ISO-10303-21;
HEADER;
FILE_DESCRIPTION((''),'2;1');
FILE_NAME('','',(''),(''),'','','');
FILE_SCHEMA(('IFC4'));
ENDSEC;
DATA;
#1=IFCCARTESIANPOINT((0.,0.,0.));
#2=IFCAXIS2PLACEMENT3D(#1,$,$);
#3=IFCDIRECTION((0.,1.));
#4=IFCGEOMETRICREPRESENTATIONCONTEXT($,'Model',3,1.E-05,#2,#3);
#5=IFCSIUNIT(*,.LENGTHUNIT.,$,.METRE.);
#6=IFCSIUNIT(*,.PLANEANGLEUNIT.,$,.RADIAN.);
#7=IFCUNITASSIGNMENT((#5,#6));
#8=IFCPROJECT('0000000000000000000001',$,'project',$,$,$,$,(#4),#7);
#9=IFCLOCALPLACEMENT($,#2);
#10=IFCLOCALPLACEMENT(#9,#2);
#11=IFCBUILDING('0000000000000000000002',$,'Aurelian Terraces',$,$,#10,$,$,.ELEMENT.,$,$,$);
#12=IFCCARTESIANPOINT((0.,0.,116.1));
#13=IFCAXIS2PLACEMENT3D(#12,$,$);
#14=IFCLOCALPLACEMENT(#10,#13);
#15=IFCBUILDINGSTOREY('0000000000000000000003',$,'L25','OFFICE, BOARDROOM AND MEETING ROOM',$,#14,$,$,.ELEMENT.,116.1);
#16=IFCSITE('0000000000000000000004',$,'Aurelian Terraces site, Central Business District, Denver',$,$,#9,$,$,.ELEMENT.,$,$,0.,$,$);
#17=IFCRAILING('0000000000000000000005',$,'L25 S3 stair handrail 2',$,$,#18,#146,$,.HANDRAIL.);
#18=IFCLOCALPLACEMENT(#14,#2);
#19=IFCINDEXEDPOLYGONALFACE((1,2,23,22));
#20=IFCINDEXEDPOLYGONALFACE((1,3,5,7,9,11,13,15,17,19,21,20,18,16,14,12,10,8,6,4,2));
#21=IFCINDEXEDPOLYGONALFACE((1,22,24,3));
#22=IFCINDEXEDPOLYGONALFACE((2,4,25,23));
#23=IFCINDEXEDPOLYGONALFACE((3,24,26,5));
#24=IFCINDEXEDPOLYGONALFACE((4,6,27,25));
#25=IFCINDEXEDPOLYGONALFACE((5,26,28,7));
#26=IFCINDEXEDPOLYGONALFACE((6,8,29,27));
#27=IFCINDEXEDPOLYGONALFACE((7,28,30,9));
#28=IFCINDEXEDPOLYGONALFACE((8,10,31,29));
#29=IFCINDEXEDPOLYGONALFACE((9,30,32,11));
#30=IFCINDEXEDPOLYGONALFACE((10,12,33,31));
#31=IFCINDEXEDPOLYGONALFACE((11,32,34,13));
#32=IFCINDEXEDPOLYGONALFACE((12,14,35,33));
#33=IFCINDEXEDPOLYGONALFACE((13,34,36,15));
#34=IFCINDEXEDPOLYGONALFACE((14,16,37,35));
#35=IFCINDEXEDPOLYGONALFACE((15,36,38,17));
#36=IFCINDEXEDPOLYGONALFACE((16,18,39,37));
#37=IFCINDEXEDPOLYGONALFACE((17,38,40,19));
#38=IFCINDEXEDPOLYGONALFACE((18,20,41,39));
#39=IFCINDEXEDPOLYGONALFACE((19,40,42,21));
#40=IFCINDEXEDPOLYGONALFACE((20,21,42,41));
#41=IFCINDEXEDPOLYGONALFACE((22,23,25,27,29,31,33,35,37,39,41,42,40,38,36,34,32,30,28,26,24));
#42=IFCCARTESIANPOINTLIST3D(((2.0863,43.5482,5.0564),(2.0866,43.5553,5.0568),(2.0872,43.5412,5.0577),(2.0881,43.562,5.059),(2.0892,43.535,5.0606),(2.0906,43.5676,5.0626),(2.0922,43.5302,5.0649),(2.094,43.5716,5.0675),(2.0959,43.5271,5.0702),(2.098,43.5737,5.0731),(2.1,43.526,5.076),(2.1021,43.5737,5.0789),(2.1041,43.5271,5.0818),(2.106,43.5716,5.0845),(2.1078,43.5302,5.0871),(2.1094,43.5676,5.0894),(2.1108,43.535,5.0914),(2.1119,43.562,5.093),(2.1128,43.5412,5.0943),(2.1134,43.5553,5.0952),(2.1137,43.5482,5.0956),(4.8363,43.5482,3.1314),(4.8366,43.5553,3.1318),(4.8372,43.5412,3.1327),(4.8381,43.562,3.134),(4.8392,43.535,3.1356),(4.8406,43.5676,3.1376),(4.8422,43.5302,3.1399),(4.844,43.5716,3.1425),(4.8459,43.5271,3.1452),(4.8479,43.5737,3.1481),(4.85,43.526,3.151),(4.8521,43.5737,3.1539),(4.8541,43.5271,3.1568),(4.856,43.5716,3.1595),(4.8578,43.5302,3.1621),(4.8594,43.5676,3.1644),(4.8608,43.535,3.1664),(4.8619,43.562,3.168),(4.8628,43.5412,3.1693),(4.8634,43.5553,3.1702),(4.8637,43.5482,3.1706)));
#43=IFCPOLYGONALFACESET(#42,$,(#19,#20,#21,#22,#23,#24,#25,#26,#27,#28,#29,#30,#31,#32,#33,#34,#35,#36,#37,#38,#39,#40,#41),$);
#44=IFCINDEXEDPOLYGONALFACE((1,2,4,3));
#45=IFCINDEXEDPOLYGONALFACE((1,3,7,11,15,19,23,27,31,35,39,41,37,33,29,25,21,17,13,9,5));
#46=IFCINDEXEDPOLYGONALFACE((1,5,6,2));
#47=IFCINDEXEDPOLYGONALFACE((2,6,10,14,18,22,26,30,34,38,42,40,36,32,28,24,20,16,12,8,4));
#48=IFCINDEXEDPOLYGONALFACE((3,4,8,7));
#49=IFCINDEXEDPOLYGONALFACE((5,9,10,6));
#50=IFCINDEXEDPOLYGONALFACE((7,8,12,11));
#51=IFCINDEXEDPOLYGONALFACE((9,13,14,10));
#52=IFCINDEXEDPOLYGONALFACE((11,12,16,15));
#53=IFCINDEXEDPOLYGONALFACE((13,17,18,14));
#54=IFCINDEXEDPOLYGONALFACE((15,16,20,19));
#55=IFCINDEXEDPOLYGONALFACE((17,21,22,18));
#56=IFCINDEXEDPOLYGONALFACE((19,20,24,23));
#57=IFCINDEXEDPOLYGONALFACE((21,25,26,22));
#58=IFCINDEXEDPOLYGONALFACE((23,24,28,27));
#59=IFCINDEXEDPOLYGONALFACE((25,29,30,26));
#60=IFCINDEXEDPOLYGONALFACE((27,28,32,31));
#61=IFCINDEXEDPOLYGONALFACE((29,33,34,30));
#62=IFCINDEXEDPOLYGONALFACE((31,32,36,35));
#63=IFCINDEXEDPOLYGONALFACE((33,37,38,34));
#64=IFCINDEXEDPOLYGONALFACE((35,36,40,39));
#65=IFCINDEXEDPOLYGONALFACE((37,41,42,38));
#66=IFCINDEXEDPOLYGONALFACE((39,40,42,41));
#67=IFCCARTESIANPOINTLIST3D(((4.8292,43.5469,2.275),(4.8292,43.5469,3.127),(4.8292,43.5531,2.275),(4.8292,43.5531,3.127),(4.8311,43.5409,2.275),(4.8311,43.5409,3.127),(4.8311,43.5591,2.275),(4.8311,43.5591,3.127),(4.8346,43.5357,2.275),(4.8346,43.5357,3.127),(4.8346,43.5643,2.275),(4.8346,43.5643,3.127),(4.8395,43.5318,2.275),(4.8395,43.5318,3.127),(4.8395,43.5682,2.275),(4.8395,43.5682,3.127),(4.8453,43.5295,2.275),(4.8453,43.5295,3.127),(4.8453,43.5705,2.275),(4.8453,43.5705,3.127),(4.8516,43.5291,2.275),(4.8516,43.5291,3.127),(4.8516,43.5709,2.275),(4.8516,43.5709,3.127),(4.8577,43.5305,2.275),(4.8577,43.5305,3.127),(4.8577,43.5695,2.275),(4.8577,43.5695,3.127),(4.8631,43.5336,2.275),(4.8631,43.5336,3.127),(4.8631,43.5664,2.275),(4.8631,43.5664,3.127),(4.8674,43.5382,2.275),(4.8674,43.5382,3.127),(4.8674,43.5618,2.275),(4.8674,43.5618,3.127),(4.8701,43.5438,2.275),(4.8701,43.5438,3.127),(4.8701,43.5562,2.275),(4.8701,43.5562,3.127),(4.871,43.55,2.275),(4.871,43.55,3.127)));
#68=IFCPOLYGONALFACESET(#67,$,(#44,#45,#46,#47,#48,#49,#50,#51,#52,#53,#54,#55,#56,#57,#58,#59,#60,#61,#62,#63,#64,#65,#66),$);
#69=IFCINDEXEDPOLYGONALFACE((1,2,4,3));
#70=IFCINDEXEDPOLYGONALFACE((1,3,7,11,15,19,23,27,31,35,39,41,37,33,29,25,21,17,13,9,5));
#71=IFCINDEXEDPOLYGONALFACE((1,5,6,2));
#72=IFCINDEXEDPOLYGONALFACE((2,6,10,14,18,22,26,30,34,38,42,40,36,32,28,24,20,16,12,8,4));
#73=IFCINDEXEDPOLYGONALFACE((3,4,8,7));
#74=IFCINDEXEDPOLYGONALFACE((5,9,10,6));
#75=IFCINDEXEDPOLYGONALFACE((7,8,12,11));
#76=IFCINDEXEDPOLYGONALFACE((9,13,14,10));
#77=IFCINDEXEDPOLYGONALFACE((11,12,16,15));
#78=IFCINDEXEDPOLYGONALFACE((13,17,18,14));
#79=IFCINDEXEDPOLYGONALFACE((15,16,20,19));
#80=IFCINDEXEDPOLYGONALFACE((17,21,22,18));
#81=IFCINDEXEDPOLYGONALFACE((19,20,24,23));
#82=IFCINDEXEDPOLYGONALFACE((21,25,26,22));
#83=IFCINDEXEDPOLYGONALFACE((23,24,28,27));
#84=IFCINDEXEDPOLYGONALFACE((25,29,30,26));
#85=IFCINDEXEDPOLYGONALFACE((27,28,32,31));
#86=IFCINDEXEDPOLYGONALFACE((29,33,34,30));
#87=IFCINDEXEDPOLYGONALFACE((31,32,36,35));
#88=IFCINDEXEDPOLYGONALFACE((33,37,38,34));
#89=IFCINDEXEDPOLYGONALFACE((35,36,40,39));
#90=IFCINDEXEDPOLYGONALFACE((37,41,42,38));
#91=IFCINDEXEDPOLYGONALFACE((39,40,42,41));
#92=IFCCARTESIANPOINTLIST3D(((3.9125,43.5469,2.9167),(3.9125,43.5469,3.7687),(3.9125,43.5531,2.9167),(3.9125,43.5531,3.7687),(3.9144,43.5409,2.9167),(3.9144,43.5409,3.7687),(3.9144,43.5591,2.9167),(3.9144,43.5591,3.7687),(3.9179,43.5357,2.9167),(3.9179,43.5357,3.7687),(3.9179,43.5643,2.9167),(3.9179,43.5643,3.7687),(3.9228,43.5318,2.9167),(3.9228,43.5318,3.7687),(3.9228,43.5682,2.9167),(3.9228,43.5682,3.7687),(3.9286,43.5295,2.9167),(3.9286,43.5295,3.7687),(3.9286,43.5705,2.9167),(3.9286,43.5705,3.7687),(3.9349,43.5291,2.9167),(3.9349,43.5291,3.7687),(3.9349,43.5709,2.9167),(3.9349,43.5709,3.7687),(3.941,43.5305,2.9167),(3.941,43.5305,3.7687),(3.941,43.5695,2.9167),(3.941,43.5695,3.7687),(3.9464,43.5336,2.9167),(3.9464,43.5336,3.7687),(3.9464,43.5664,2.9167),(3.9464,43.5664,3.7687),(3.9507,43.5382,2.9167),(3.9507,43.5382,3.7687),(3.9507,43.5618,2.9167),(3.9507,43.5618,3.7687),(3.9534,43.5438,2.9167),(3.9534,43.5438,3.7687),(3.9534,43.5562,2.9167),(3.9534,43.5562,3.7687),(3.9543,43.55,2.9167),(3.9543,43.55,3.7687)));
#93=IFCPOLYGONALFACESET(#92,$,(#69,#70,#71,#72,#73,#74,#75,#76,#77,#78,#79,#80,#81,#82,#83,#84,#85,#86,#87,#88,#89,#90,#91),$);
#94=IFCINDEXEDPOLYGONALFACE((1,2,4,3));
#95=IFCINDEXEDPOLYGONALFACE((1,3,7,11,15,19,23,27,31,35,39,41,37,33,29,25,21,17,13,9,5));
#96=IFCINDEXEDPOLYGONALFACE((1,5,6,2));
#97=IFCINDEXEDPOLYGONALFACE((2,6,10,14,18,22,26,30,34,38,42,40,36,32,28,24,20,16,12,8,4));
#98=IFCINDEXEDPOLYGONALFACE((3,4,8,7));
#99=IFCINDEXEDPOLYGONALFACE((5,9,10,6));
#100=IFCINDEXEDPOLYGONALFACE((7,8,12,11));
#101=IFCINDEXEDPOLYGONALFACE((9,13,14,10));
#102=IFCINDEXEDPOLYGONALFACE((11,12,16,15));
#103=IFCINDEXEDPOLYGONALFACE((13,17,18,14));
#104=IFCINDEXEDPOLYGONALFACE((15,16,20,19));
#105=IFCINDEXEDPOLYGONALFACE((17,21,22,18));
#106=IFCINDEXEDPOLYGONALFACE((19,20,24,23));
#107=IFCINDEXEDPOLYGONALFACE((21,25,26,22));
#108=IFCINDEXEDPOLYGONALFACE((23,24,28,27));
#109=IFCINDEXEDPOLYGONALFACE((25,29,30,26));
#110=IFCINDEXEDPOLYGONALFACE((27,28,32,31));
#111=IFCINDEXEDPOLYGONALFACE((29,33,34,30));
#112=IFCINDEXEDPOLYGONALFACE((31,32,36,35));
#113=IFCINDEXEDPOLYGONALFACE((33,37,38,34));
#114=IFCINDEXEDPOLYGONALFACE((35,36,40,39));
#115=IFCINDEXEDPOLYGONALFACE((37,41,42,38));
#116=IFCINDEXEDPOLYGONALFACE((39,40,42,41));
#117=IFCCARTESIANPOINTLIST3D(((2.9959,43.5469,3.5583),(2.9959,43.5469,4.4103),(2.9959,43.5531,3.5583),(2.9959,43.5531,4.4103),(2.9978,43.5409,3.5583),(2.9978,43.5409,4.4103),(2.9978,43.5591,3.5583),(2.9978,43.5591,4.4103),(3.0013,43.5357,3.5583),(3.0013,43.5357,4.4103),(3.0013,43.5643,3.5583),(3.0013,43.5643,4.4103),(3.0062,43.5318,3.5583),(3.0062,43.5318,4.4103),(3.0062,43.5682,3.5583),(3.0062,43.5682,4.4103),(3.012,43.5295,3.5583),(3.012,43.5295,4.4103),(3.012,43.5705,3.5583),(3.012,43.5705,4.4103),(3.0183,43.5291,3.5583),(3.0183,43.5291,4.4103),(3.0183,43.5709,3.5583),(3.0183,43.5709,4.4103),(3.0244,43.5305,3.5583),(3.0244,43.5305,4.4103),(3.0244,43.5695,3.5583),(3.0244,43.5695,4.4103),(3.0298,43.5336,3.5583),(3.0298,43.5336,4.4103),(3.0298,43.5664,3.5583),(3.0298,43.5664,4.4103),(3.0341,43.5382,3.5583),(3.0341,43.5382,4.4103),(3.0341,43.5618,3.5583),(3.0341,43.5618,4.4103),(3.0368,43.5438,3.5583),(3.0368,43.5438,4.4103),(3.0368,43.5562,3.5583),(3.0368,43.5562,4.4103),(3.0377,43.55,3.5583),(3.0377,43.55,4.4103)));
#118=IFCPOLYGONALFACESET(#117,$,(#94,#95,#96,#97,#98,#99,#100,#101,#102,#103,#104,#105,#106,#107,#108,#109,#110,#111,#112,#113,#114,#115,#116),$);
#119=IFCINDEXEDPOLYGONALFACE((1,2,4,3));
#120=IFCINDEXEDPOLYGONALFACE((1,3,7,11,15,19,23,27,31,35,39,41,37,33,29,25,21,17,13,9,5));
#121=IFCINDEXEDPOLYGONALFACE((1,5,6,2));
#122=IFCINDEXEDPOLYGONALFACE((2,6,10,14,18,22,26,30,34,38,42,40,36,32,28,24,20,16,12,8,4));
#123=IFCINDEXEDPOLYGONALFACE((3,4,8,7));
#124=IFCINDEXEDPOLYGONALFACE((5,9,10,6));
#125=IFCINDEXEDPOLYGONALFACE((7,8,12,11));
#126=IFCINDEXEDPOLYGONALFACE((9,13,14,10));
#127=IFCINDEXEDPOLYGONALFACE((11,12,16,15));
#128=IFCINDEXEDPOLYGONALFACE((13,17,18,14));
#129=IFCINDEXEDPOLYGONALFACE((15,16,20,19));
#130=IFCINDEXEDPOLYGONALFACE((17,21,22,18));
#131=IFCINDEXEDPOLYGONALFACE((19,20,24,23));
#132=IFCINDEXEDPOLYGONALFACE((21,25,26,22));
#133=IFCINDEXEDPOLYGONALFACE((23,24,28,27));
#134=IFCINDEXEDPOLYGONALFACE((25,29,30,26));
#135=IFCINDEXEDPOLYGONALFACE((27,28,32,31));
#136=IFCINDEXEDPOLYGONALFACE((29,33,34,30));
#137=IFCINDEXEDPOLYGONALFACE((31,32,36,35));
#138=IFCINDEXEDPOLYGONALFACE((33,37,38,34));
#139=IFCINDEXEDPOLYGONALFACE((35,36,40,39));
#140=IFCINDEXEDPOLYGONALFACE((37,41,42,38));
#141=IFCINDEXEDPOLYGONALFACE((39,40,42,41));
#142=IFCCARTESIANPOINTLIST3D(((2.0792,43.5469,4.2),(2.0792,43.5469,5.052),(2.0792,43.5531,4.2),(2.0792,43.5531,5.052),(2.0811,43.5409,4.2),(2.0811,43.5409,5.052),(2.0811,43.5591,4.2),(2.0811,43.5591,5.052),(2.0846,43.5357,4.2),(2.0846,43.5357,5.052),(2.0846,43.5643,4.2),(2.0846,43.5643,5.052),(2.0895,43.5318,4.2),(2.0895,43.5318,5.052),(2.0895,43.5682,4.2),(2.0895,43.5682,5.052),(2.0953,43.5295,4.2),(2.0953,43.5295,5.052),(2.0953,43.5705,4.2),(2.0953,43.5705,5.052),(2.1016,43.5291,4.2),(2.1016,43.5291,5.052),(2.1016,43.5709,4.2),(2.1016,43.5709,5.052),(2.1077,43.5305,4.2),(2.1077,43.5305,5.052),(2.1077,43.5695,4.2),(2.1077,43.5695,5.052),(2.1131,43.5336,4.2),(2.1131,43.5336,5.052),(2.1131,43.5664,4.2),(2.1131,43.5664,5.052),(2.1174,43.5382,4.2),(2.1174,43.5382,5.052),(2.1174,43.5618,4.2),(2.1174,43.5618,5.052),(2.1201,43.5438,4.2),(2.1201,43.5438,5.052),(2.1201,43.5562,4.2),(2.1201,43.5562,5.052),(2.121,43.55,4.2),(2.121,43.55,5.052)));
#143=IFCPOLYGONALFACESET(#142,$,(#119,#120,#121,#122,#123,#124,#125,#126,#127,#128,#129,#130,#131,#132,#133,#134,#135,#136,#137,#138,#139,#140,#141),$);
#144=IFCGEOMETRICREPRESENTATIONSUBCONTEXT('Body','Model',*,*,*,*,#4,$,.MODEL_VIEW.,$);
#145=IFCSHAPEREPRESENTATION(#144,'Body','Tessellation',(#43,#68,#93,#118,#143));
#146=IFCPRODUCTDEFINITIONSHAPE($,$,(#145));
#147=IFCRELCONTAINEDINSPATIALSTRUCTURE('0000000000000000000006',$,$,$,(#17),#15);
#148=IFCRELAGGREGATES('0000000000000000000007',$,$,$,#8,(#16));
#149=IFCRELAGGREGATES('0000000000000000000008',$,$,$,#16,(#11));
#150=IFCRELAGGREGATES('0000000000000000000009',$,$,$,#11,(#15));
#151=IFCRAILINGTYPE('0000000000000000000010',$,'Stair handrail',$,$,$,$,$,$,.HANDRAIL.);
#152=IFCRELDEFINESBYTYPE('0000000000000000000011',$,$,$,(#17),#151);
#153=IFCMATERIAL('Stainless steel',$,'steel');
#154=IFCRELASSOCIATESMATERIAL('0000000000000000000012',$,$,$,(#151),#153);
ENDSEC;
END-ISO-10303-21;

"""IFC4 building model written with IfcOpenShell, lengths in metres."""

from ifc_helpers import new_model, si_unit, direction, frame, origin, origin_2d, place, context, subcontext, project, spatial, circle, extrude, source, transform, mapped, material, type_object, element, save


model = new_model("IFC4")

# Units and contexts
model_context = context("Model", 3, precision=1e-05, world=origin(), true_north=direction((0.0, 1.0)))
body_context = subcontext(model_context, "Body", "Model", "MODEL_VIEW")
ifc_project = project(units=[si_unit("LENGTHUNIT", "METRE"), si_unit("PLANEANGLEUNIT", "RADIAN")], contexts=[model_context])

# Site, building, storey
site_placement = place(None, origin())
site = spatial("IfcSite", under=ifc_project, at=site_placement, Name="Aurelian Terraces site, Central Business District, Denver", CompositionType="ELEMENT", RefElevation=0.0)
building_placement = place(site_placement, origin())
building = spatial("IfcBuilding", under=site, at=building_placement, Name="Aurelian Terraces", CompositionType="ELEMENT")
storey_placement = place(building_placement, frame((0.0, 0.0, 116.1)))
storey = spatial("IfcBuildingStorey", under=building, at=storey_placement, Name="L25", Description="OFFICE, BOARDROOM AND MEETING ROOM", CompositionType="ELEMENT", Elevation=116.1)

# Railing
ifc_material_1 = material(Name="Stainless steel", Category="steel")
railing_type_1 = type_object("IfcRailingType", Name="Stair handrail", PredefinedType="HANDRAIL", material=ifc_material_1)
shared_shape_1 = source(origin(), body_context, "Body", "SweptSolid", [
    extrude(circle(Radius=0.024, at=origin_2d()), frame((0.0, 0.0, 0.876), z_axis=(-0.819232, 0.0, 0.573462), x_axis=(0.0, -1.0, 0.0)), (0.0, 0.0, 1.0), 3.3568),
    extrude(circle(Radius=0.021, at=origin_2d()), origin(), (0.0, 0.0, 1.0), 0.852),
    extrude(circle(Radius=0.021, at=origin_2d()), frame((-0.9167, 0.0, 0.6417)), (0.0, 0.0, 1.0), 0.852),
    extrude(circle(Radius=0.021, at=origin_2d()), frame((-1.8333, 0.0, 1.2833)), (0.0, 0.0, 1.0), 0.852),
    extrude(circle(Radius=0.021, at=origin_2d()), frame((-2.75, 0.0, 1.925)), (0.0, 0.0, 1.0), 0.852),
])
railing_1_placement = place(storey_placement, frame((4.85, 43.55, 2.275)))
element("IfcRailing", 1, at=railing_1_placement, inside=storey, type_object=railing_type_1, Name="L25 S3 stair handrail 2", PredefinedType="HANDRAIL", context=body_context, shape_type="MappedRepresentation", body=[
    mapped(shared_shape_1, transform((0.0, 0.0, 0.0), scale=1.0)),
])

save(model, "model.ifc")
